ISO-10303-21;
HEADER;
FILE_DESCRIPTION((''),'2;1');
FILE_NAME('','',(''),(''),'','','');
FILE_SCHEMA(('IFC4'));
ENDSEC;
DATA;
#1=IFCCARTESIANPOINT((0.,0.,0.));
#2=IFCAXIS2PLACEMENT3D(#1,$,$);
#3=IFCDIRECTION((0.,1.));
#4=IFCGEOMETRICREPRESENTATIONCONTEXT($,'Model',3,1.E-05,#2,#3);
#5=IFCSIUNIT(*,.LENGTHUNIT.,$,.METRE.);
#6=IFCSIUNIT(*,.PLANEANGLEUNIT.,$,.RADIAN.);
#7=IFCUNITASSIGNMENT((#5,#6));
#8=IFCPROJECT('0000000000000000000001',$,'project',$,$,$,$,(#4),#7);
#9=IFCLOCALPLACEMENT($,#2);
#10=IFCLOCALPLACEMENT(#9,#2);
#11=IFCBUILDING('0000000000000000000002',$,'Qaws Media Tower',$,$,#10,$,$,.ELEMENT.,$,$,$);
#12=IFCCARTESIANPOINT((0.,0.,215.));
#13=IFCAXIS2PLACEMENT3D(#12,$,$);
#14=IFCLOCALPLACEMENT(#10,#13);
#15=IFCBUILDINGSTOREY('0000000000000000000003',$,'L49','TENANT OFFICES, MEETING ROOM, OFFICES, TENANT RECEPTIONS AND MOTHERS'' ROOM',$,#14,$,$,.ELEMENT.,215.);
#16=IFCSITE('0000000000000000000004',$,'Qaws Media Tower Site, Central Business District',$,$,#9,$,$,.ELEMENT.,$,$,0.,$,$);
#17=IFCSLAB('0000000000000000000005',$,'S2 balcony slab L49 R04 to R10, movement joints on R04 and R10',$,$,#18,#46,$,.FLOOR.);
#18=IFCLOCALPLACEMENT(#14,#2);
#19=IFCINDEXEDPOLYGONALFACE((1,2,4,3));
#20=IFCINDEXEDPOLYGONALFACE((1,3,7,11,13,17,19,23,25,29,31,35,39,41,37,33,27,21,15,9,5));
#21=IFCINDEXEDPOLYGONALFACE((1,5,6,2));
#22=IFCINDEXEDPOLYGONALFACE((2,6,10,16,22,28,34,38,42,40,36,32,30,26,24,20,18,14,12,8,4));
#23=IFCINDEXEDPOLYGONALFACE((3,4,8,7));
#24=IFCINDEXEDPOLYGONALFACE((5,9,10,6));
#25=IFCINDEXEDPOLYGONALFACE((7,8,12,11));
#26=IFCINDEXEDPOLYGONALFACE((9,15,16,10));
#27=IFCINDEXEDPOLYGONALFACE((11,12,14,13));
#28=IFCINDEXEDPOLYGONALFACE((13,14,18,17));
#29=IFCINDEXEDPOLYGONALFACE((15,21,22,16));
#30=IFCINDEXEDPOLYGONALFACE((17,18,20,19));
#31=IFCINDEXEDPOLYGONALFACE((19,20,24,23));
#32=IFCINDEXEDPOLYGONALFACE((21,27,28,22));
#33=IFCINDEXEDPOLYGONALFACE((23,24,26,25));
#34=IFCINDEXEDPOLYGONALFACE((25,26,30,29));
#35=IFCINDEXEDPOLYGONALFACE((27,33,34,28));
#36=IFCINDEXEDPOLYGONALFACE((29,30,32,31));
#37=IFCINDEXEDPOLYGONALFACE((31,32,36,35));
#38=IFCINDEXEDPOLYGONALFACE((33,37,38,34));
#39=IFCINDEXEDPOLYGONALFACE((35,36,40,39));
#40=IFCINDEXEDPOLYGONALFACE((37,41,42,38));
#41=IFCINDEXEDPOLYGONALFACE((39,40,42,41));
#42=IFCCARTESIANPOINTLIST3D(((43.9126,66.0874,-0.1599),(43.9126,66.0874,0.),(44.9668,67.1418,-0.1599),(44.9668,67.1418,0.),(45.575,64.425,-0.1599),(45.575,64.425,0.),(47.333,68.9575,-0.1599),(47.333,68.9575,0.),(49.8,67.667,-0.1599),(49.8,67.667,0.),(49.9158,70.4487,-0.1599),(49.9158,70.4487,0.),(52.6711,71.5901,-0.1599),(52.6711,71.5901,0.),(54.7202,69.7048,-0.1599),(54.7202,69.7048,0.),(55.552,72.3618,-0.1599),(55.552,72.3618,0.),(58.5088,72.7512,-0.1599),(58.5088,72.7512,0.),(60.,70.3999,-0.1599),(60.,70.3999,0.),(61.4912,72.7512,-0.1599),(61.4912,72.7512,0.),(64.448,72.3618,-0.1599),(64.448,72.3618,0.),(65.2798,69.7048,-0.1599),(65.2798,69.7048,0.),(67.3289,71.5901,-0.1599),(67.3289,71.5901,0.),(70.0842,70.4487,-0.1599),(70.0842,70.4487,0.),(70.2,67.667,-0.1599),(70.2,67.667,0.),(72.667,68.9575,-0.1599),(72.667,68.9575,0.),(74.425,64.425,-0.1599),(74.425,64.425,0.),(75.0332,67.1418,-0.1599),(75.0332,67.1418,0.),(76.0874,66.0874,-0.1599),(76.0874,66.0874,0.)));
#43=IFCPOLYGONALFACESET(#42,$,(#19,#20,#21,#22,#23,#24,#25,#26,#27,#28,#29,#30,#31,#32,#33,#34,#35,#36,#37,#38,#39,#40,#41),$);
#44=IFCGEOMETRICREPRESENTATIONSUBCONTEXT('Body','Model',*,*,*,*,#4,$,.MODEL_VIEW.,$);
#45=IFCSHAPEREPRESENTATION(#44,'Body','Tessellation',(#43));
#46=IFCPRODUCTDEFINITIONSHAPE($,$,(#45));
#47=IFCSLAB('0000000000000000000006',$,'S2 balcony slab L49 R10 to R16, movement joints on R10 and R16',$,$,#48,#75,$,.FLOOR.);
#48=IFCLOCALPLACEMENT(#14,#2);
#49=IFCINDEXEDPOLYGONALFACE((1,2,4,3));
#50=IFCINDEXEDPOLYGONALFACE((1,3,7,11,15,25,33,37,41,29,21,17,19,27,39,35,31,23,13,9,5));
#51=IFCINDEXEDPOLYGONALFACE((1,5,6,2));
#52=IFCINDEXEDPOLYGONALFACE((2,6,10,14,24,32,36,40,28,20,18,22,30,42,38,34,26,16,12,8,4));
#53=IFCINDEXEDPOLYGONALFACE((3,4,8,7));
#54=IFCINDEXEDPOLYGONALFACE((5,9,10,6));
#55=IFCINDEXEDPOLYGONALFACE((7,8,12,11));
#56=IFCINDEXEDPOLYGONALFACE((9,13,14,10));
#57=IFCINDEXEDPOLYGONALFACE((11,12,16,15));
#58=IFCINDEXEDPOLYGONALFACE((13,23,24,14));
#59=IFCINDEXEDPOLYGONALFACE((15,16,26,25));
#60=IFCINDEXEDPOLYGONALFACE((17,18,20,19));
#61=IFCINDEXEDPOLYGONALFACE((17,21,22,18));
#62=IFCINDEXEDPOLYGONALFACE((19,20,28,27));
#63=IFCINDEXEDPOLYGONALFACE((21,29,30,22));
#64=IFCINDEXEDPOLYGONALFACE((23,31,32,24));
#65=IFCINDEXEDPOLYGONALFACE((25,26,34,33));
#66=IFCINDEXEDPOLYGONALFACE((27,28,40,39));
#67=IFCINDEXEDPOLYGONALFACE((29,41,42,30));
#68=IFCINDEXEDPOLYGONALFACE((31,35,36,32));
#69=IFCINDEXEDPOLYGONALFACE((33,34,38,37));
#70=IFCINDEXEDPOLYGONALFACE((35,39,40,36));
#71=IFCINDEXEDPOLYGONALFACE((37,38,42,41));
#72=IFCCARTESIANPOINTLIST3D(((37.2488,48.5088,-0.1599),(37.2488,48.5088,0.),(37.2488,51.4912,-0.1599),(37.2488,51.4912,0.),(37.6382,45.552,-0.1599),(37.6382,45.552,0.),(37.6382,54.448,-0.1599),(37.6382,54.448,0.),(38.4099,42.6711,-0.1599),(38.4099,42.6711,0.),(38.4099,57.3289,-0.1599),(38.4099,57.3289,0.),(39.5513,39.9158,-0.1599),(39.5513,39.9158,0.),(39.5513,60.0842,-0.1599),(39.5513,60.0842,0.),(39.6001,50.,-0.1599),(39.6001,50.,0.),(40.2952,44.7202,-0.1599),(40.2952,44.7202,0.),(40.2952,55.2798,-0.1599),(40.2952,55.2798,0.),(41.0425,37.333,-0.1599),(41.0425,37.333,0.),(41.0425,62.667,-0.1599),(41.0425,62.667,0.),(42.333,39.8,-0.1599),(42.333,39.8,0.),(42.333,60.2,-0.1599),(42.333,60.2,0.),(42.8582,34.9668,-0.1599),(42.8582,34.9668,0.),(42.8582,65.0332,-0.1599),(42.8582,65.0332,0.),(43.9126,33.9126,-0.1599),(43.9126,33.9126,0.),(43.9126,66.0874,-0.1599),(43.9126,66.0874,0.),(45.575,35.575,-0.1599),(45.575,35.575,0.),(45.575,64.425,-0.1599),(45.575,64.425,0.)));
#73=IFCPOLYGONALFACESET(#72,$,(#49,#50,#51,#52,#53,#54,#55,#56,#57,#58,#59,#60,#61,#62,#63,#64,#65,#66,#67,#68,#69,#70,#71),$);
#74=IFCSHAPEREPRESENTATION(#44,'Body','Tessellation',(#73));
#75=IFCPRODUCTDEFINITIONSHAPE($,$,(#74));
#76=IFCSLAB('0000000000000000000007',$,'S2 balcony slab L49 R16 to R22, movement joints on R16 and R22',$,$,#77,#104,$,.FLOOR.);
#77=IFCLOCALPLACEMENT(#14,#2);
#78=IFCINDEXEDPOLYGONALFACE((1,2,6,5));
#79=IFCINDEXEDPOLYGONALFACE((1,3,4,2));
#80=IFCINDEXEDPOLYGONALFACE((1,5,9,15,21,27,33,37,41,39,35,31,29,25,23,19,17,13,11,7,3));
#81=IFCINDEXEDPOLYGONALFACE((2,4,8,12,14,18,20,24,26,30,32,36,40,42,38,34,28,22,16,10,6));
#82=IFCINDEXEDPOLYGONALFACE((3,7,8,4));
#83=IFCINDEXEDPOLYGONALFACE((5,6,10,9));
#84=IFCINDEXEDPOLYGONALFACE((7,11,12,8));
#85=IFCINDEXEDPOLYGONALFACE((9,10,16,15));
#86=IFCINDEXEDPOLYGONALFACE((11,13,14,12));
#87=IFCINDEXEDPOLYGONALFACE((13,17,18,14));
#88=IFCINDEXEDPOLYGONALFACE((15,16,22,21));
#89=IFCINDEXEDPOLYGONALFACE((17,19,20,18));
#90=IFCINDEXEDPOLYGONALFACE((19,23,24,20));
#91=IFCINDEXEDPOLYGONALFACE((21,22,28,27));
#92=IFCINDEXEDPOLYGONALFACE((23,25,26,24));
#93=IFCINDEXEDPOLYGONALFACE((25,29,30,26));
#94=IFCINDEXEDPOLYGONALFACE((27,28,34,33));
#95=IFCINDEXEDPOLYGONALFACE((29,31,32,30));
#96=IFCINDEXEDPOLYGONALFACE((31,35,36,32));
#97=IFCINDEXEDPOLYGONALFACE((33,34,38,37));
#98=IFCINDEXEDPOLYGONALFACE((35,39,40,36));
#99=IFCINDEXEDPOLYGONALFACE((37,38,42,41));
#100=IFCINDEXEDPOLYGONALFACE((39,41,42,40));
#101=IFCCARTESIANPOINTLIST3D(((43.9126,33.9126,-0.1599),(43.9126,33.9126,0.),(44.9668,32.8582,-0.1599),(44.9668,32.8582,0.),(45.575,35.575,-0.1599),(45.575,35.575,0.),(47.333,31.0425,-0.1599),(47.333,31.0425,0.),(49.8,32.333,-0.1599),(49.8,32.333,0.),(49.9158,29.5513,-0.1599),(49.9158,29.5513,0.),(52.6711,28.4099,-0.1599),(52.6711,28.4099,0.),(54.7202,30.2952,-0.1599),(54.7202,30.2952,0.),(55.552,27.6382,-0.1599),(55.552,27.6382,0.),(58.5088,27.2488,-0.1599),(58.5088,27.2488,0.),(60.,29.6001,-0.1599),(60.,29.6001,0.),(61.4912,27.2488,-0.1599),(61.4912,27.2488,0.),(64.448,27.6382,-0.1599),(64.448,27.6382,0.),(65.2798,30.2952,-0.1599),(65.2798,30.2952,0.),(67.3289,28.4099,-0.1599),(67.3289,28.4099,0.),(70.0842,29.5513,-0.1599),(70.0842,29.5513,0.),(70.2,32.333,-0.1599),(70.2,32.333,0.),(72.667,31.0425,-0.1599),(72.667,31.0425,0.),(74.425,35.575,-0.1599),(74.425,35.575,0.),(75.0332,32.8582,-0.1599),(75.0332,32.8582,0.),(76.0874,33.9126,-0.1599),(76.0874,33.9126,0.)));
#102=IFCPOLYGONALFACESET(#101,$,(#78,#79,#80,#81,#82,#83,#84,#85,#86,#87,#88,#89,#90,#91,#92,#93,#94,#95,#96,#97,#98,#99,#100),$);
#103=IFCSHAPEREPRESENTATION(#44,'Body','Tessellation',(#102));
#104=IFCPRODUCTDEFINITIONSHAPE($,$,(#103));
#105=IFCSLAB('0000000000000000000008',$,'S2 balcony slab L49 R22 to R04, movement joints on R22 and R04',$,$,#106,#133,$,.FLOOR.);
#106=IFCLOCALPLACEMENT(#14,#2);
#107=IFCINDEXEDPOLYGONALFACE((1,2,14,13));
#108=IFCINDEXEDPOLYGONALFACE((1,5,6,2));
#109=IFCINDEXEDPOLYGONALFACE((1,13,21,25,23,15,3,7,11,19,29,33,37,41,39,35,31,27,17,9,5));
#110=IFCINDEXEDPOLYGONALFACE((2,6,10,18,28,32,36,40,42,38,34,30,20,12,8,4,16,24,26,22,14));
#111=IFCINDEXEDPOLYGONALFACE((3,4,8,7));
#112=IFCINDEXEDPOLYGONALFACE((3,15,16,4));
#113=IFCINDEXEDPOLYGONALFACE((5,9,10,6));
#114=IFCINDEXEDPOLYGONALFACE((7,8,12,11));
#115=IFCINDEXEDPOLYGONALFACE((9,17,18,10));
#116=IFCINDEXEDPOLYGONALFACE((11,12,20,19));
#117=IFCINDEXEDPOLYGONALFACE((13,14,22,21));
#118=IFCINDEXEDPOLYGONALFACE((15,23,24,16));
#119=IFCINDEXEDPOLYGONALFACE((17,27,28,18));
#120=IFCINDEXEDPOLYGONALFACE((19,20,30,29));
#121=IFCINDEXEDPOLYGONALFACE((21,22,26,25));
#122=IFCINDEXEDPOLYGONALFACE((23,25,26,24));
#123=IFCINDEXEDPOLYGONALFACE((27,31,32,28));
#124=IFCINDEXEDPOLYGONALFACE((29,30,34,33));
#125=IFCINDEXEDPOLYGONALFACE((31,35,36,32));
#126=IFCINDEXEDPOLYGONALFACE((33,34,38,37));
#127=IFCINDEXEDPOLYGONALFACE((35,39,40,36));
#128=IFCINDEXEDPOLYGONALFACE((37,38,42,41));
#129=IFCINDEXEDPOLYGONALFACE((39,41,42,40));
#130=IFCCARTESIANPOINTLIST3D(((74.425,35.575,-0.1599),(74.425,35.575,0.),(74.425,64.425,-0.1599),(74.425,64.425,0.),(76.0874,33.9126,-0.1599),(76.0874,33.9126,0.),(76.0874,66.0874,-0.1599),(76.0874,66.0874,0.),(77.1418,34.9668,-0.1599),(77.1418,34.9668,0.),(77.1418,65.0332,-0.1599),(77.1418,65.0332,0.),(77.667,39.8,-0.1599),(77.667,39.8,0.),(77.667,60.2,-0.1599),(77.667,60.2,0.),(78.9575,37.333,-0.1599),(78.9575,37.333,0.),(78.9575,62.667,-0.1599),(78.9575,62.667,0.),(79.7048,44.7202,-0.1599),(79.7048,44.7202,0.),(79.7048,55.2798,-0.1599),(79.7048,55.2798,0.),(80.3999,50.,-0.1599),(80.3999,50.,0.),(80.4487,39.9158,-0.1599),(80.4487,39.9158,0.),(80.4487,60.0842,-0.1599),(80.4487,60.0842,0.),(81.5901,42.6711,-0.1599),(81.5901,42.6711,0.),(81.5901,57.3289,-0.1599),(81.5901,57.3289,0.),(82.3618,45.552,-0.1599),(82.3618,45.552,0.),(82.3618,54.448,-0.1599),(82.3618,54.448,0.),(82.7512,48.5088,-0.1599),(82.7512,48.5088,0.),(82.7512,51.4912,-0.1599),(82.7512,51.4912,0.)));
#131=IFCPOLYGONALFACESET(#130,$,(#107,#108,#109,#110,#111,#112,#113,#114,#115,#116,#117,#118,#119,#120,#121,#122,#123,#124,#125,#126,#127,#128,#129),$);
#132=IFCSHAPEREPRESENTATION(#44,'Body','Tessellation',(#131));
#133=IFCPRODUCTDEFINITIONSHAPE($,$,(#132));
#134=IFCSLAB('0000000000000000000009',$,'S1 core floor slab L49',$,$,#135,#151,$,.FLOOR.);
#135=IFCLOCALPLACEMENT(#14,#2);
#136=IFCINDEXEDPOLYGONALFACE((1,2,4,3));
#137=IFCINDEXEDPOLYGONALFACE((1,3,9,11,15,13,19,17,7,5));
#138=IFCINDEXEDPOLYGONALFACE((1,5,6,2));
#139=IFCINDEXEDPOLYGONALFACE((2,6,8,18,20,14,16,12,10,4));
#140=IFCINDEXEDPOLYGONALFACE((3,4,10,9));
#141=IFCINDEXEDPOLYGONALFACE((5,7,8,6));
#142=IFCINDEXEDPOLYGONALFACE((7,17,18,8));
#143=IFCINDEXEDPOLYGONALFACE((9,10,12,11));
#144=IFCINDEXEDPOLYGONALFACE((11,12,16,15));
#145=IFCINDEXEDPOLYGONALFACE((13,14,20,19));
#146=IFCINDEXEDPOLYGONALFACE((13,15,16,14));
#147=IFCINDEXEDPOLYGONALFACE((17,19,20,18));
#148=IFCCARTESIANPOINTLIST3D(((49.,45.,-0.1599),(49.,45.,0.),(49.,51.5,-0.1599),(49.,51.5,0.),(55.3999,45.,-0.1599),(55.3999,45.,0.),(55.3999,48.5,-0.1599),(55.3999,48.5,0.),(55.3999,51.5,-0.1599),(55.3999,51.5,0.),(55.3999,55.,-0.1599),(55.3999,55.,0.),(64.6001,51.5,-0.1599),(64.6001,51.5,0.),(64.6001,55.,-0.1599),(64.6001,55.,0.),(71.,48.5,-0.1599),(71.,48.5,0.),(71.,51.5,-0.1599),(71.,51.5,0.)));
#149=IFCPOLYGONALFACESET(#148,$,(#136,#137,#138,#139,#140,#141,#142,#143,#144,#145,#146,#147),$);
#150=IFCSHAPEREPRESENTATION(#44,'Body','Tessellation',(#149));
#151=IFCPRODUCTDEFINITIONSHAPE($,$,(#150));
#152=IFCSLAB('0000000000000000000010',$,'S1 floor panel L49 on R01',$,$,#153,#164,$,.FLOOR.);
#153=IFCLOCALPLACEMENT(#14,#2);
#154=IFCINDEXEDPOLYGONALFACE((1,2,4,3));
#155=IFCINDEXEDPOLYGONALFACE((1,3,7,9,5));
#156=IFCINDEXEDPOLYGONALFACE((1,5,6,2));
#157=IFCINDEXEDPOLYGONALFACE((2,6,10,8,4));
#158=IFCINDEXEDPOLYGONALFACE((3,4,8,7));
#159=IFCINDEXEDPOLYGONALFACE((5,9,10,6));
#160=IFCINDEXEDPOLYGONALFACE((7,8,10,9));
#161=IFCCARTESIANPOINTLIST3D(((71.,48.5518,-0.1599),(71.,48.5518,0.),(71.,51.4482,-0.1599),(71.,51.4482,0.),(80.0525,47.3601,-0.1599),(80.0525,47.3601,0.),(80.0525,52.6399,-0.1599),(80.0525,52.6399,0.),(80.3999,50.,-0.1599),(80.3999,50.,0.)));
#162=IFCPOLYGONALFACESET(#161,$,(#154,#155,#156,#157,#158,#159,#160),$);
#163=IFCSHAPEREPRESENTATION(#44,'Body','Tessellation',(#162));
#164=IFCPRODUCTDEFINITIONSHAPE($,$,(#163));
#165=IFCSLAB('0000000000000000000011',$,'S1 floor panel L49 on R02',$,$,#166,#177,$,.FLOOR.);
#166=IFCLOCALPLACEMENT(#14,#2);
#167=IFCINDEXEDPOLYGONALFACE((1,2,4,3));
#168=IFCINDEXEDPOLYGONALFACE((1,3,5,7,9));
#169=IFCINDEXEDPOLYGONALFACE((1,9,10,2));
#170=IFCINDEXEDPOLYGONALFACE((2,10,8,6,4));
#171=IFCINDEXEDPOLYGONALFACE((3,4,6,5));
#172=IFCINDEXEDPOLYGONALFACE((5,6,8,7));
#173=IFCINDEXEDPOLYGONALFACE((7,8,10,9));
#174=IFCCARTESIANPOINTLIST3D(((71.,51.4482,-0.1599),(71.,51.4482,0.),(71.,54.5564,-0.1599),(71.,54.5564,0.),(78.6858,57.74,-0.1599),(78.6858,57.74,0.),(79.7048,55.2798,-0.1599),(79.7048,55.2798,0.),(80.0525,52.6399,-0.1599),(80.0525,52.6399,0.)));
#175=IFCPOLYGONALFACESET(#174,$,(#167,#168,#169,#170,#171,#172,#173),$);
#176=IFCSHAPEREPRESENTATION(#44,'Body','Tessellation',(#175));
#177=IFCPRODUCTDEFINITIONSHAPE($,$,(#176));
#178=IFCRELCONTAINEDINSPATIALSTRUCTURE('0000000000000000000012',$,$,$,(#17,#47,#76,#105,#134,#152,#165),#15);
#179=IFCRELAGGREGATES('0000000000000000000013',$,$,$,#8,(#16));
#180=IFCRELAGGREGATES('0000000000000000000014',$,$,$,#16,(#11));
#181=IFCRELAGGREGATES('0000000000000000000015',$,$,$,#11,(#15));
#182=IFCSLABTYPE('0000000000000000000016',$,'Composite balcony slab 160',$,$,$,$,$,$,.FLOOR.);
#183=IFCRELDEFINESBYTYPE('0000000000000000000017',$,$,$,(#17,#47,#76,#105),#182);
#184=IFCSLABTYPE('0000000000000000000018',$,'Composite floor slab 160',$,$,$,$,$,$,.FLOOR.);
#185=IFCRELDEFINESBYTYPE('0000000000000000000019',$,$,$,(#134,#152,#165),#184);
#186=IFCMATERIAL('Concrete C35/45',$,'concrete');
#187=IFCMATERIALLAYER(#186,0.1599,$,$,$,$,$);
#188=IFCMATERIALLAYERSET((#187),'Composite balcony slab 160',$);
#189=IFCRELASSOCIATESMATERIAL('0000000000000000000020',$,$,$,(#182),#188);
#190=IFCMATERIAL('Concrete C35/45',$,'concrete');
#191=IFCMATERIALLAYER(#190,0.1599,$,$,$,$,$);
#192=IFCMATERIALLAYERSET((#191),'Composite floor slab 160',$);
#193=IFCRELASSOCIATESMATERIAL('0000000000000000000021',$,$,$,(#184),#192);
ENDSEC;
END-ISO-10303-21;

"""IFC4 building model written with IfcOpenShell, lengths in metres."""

from ifc_helpers import new_model, si_unit, direction, frame, origin, place, context, subcontext, project, spatial, polyline, outline, extrude, material, layer, layer_set, type_object, element, save


model = new_model("IFC4")

# Units and contexts
model_context = context("Model", 3, precision=1e-05, world=origin(), true_north=direction((0.0, 1.0)))
body_context = subcontext(model_context, "Body", "Model", "MODEL_VIEW")
ifc_project = project(units=[si_unit("LENGTHUNIT", "METRE"), si_unit("PLANEANGLEUNIT", "RADIAN")], contexts=[model_context])

# Site, building, storey
site_placement = place(None, origin())
site = spatial("IfcSite", under=ifc_project, at=site_placement, Name="Qaws Media Tower Site, Central Business District", CompositionType="ELEMENT", RefElevation=0.0)
building_placement = place(site_placement, origin())
building = spatial("IfcBuilding", under=site, at=building_placement, Name="Qaws Media Tower", CompositionType="ELEMENT")
storey_placement = place(building_placement, frame((0.0, 0.0, 215.0)))
storey = spatial("IfcBuildingStorey", under=building, at=storey_placement, Name="L49", Description="TENANT OFFICES, MEETING ROOM, OFFICES, TENANT RECEPTIONS AND MOTHERS' ROOM", CompositionType="ELEMENT", Elevation=215.0)

# Slabs
ifc_material_1 = material(Name="Concrete C35/45", Category="concrete")
ifc_layer_1 = layer(ifc_material_1, 0.1599)
ifc_layer_set_1 = layer_set([ifc_layer_1], Name="Composite balcony slab 160")
slab_type_1 = type_object("IfcSlabType", Name="Composite balcony slab 160", PredefinedType="FLOOR", material=ifc_layer_set_1)
slab_1_placement = place(storey_placement, frame((0.0, 0.0, -0.1599)))
element("IfcSlab", 1, at=slab_1_placement, inside=storey, type_object=slab_type_1, Name="S2 balcony slab L49 R04 to R10, movement joints on R04 and R10", PredefinedType="FLOOR", context=body_context, shape_type="SweptSolid", body=[
    extrude(outline(polyline([(44.9668, 67.1418), (47.333, 68.9575), (49.9158, 70.4487), (52.6711, 71.5901), (55.552, 72.3618), (58.5088, 72.7512), (61.4912, 72.7512), (64.448, 72.3618), (67.3289, 71.5901), (70.0842, 70.4487), (72.667, 68.9575), (75.0332, 67.1418), (76.0874, 66.0874), (74.425, 64.425), (70.2, 67.667), (65.2798, 69.7048), (60.0, 70.3999), (54.7202, 69.7048), (49.8, 67.667), (45.575, 64.425), (43.9126, 66.0874), (44.9668, 67.1418)])), origin(), (0.0, 0.0, 1.0), 0.1599),
])
slab_2_placement = place(storey_placement, frame((0.0, 0.0, -0.1599)))
element("IfcSlab", 2, at=slab_2_placement, inside=storey, type_object=slab_type_1, Name="S2 balcony slab L49 R10 to R16, movement joints on R10 and R16", PredefinedType="FLOOR", context=body_context, shape_type="SweptSolid", body=[
    extrude(outline(polyline([(42.8582, 34.9668), (41.0425, 37.333), (39.5513, 39.9158), (38.4099, 42.6711), (37.6382, 45.552), (37.2488, 48.5088), (37.2488, 51.4912), (37.6382, 54.448), (38.4099, 57.3289), (39.5513, 60.0842), (41.0425, 62.667), (42.8582, 65.0332), (43.9126, 66.0874), (45.575, 64.425), (42.333, 60.2), (40.2952, 55.2798), (39.6001, 50.0), (40.2952, 44.7202), (42.333, 39.8), (45.575, 35.575), (43.9126, 33.9126), (42.8582, 34.9668)])), origin(), (0.0, 0.0, 1.0), 0.1599),
])
slab_3_placement = place(storey_placement, frame((0.0, 0.0, -0.1599)))
element("IfcSlab", 3, at=slab_3_placement, inside=storey, type_object=slab_type_1, Name="S2 balcony slab L49 R16 to R22, movement joints on R16 and R22", PredefinedType="FLOOR", context=body_context, shape_type="SweptSolid", body=[
    extrude(outline(polyline([(75.0332, 32.8582), (72.667, 31.0425), (70.0842, 29.5513), (67.3289, 28.4099), (64.448, 27.6382), (61.4912, 27.2488), (58.5088, 27.2488), (55.552, 27.6382), (52.6711, 28.4099), (49.9158, 29.5513), (47.333, 31.0425), (44.9668, 32.8582), (43.9126, 33.9126), (45.575, 35.575), (49.8, 32.333), (54.7202, 30.2952), (60.0, 29.6001), (65.2798, 30.2952), (70.2, 32.333), (74.425, 35.575), (76.0874, 33.9126), (75.0332, 32.8582)])), origin(), (0.0, 0.0, 1.0), 0.1599),
])
slab_4_placement = place(storey_placement, frame((0.0, 0.0, -0.1599)))
element("IfcSlab", 4, at=slab_4_placement, inside=storey, type_object=slab_type_1, Name="S2 balcony slab L49 R22 to R04, movement joints on R22 and R04", PredefinedType="FLOOR", context=body_context, shape_type="SweptSolid", body=[
    extrude(outline(polyline([(82.3618, 45.552), (81.5901, 42.6711), (80.4487, 39.9158), (78.9575, 37.333), (77.1418, 34.9668), (76.0874, 33.9126), (74.425, 35.575), (77.667, 39.8), (79.7048, 44.7202), (80.3999, 50.0), (79.7048, 55.2798), (77.667, 60.2), (74.425, 64.425), (76.0874, 66.0874), (77.1418, 65.0332), (78.9575, 62.667), (80.4487, 60.0842), (81.5901, 57.3289), (82.3618, 54.448), (82.7512, 51.4912), (82.7512, 48.5088), (82.3618, 45.552)])), origin(), (0.0, 0.0, 1.0), 0.1599),
])
ifc_material_2 = material(Name="Concrete C35/45", Category="concrete")
ifc_layer_2 = layer(ifc_material_2, 0.1599)
ifc_layer_set_2 = layer_set([ifc_layer_2], Name="Composite floor slab 160")
slab_type_2 = type_object("IfcSlabType", Name="Composite floor slab 160", PredefinedType="FLOOR", material=ifc_layer_set_2)
slab_5_placement = place(storey_placement, frame((0.0, 0.0, -0.1599)))
element("IfcSlab", 5, at=slab_5_placement, inside=storey, type_object=slab_type_2, Name="S1 core floor slab L49", PredefinedType="FLOOR", context=body_context, shape_type="SweptSolid", body=[
    extrude(outline(polyline([(71.0, 51.5), (71.0, 48.5), (55.3999, 48.5), (55.3999, 45.0), (49.0, 45.0), (49.0, 51.5), (55.3999, 51.5), (55.3999, 55.0), (64.6001, 55.0), (64.6001, 51.5), (71.0, 51.5)])), origin(), (0.0, 0.0, 1.0), 0.1599),
])
slab_6_placement = place(storey_placement, frame((0.0, 0.0, -0.1599)))
element("IfcSlab", 6, at=slab_6_placement, inside=storey, type_object=slab_type_2, Name="S1 floor panel L49 on R01", PredefinedType="FLOOR", context=body_context, shape_type="SweptSolid", body=[
    extrude(outline(polyline([(80.3999, 50.0), (80.0525, 47.3601), (71.0, 48.5518), (71.0, 51.4482), (80.0525, 52.6399), (80.3999, 50.0)])), origin(), (0.0, 0.0, 1.0), 0.1599),
])
slab_7_placement = place(storey_placement, frame((0.0, 0.0, -0.1599)))
element("IfcSlab", 7, at=slab_7_placement, inside=storey, type_object=slab_type_2, Name="S1 floor panel L49 on R02", PredefinedType="FLOOR", context=body_context, shape_type="SweptSolid", body=[
    extrude(outline(polyline([(79.7048, 55.2798), (80.0525, 52.6399), (71.0, 51.4482), (71.0, 54.5564), (78.6858, 57.74), (79.7048, 55.2798)])), origin(), (0.0, 0.0, 1.0), 0.1599),
])

save(model, "model.ifc")
